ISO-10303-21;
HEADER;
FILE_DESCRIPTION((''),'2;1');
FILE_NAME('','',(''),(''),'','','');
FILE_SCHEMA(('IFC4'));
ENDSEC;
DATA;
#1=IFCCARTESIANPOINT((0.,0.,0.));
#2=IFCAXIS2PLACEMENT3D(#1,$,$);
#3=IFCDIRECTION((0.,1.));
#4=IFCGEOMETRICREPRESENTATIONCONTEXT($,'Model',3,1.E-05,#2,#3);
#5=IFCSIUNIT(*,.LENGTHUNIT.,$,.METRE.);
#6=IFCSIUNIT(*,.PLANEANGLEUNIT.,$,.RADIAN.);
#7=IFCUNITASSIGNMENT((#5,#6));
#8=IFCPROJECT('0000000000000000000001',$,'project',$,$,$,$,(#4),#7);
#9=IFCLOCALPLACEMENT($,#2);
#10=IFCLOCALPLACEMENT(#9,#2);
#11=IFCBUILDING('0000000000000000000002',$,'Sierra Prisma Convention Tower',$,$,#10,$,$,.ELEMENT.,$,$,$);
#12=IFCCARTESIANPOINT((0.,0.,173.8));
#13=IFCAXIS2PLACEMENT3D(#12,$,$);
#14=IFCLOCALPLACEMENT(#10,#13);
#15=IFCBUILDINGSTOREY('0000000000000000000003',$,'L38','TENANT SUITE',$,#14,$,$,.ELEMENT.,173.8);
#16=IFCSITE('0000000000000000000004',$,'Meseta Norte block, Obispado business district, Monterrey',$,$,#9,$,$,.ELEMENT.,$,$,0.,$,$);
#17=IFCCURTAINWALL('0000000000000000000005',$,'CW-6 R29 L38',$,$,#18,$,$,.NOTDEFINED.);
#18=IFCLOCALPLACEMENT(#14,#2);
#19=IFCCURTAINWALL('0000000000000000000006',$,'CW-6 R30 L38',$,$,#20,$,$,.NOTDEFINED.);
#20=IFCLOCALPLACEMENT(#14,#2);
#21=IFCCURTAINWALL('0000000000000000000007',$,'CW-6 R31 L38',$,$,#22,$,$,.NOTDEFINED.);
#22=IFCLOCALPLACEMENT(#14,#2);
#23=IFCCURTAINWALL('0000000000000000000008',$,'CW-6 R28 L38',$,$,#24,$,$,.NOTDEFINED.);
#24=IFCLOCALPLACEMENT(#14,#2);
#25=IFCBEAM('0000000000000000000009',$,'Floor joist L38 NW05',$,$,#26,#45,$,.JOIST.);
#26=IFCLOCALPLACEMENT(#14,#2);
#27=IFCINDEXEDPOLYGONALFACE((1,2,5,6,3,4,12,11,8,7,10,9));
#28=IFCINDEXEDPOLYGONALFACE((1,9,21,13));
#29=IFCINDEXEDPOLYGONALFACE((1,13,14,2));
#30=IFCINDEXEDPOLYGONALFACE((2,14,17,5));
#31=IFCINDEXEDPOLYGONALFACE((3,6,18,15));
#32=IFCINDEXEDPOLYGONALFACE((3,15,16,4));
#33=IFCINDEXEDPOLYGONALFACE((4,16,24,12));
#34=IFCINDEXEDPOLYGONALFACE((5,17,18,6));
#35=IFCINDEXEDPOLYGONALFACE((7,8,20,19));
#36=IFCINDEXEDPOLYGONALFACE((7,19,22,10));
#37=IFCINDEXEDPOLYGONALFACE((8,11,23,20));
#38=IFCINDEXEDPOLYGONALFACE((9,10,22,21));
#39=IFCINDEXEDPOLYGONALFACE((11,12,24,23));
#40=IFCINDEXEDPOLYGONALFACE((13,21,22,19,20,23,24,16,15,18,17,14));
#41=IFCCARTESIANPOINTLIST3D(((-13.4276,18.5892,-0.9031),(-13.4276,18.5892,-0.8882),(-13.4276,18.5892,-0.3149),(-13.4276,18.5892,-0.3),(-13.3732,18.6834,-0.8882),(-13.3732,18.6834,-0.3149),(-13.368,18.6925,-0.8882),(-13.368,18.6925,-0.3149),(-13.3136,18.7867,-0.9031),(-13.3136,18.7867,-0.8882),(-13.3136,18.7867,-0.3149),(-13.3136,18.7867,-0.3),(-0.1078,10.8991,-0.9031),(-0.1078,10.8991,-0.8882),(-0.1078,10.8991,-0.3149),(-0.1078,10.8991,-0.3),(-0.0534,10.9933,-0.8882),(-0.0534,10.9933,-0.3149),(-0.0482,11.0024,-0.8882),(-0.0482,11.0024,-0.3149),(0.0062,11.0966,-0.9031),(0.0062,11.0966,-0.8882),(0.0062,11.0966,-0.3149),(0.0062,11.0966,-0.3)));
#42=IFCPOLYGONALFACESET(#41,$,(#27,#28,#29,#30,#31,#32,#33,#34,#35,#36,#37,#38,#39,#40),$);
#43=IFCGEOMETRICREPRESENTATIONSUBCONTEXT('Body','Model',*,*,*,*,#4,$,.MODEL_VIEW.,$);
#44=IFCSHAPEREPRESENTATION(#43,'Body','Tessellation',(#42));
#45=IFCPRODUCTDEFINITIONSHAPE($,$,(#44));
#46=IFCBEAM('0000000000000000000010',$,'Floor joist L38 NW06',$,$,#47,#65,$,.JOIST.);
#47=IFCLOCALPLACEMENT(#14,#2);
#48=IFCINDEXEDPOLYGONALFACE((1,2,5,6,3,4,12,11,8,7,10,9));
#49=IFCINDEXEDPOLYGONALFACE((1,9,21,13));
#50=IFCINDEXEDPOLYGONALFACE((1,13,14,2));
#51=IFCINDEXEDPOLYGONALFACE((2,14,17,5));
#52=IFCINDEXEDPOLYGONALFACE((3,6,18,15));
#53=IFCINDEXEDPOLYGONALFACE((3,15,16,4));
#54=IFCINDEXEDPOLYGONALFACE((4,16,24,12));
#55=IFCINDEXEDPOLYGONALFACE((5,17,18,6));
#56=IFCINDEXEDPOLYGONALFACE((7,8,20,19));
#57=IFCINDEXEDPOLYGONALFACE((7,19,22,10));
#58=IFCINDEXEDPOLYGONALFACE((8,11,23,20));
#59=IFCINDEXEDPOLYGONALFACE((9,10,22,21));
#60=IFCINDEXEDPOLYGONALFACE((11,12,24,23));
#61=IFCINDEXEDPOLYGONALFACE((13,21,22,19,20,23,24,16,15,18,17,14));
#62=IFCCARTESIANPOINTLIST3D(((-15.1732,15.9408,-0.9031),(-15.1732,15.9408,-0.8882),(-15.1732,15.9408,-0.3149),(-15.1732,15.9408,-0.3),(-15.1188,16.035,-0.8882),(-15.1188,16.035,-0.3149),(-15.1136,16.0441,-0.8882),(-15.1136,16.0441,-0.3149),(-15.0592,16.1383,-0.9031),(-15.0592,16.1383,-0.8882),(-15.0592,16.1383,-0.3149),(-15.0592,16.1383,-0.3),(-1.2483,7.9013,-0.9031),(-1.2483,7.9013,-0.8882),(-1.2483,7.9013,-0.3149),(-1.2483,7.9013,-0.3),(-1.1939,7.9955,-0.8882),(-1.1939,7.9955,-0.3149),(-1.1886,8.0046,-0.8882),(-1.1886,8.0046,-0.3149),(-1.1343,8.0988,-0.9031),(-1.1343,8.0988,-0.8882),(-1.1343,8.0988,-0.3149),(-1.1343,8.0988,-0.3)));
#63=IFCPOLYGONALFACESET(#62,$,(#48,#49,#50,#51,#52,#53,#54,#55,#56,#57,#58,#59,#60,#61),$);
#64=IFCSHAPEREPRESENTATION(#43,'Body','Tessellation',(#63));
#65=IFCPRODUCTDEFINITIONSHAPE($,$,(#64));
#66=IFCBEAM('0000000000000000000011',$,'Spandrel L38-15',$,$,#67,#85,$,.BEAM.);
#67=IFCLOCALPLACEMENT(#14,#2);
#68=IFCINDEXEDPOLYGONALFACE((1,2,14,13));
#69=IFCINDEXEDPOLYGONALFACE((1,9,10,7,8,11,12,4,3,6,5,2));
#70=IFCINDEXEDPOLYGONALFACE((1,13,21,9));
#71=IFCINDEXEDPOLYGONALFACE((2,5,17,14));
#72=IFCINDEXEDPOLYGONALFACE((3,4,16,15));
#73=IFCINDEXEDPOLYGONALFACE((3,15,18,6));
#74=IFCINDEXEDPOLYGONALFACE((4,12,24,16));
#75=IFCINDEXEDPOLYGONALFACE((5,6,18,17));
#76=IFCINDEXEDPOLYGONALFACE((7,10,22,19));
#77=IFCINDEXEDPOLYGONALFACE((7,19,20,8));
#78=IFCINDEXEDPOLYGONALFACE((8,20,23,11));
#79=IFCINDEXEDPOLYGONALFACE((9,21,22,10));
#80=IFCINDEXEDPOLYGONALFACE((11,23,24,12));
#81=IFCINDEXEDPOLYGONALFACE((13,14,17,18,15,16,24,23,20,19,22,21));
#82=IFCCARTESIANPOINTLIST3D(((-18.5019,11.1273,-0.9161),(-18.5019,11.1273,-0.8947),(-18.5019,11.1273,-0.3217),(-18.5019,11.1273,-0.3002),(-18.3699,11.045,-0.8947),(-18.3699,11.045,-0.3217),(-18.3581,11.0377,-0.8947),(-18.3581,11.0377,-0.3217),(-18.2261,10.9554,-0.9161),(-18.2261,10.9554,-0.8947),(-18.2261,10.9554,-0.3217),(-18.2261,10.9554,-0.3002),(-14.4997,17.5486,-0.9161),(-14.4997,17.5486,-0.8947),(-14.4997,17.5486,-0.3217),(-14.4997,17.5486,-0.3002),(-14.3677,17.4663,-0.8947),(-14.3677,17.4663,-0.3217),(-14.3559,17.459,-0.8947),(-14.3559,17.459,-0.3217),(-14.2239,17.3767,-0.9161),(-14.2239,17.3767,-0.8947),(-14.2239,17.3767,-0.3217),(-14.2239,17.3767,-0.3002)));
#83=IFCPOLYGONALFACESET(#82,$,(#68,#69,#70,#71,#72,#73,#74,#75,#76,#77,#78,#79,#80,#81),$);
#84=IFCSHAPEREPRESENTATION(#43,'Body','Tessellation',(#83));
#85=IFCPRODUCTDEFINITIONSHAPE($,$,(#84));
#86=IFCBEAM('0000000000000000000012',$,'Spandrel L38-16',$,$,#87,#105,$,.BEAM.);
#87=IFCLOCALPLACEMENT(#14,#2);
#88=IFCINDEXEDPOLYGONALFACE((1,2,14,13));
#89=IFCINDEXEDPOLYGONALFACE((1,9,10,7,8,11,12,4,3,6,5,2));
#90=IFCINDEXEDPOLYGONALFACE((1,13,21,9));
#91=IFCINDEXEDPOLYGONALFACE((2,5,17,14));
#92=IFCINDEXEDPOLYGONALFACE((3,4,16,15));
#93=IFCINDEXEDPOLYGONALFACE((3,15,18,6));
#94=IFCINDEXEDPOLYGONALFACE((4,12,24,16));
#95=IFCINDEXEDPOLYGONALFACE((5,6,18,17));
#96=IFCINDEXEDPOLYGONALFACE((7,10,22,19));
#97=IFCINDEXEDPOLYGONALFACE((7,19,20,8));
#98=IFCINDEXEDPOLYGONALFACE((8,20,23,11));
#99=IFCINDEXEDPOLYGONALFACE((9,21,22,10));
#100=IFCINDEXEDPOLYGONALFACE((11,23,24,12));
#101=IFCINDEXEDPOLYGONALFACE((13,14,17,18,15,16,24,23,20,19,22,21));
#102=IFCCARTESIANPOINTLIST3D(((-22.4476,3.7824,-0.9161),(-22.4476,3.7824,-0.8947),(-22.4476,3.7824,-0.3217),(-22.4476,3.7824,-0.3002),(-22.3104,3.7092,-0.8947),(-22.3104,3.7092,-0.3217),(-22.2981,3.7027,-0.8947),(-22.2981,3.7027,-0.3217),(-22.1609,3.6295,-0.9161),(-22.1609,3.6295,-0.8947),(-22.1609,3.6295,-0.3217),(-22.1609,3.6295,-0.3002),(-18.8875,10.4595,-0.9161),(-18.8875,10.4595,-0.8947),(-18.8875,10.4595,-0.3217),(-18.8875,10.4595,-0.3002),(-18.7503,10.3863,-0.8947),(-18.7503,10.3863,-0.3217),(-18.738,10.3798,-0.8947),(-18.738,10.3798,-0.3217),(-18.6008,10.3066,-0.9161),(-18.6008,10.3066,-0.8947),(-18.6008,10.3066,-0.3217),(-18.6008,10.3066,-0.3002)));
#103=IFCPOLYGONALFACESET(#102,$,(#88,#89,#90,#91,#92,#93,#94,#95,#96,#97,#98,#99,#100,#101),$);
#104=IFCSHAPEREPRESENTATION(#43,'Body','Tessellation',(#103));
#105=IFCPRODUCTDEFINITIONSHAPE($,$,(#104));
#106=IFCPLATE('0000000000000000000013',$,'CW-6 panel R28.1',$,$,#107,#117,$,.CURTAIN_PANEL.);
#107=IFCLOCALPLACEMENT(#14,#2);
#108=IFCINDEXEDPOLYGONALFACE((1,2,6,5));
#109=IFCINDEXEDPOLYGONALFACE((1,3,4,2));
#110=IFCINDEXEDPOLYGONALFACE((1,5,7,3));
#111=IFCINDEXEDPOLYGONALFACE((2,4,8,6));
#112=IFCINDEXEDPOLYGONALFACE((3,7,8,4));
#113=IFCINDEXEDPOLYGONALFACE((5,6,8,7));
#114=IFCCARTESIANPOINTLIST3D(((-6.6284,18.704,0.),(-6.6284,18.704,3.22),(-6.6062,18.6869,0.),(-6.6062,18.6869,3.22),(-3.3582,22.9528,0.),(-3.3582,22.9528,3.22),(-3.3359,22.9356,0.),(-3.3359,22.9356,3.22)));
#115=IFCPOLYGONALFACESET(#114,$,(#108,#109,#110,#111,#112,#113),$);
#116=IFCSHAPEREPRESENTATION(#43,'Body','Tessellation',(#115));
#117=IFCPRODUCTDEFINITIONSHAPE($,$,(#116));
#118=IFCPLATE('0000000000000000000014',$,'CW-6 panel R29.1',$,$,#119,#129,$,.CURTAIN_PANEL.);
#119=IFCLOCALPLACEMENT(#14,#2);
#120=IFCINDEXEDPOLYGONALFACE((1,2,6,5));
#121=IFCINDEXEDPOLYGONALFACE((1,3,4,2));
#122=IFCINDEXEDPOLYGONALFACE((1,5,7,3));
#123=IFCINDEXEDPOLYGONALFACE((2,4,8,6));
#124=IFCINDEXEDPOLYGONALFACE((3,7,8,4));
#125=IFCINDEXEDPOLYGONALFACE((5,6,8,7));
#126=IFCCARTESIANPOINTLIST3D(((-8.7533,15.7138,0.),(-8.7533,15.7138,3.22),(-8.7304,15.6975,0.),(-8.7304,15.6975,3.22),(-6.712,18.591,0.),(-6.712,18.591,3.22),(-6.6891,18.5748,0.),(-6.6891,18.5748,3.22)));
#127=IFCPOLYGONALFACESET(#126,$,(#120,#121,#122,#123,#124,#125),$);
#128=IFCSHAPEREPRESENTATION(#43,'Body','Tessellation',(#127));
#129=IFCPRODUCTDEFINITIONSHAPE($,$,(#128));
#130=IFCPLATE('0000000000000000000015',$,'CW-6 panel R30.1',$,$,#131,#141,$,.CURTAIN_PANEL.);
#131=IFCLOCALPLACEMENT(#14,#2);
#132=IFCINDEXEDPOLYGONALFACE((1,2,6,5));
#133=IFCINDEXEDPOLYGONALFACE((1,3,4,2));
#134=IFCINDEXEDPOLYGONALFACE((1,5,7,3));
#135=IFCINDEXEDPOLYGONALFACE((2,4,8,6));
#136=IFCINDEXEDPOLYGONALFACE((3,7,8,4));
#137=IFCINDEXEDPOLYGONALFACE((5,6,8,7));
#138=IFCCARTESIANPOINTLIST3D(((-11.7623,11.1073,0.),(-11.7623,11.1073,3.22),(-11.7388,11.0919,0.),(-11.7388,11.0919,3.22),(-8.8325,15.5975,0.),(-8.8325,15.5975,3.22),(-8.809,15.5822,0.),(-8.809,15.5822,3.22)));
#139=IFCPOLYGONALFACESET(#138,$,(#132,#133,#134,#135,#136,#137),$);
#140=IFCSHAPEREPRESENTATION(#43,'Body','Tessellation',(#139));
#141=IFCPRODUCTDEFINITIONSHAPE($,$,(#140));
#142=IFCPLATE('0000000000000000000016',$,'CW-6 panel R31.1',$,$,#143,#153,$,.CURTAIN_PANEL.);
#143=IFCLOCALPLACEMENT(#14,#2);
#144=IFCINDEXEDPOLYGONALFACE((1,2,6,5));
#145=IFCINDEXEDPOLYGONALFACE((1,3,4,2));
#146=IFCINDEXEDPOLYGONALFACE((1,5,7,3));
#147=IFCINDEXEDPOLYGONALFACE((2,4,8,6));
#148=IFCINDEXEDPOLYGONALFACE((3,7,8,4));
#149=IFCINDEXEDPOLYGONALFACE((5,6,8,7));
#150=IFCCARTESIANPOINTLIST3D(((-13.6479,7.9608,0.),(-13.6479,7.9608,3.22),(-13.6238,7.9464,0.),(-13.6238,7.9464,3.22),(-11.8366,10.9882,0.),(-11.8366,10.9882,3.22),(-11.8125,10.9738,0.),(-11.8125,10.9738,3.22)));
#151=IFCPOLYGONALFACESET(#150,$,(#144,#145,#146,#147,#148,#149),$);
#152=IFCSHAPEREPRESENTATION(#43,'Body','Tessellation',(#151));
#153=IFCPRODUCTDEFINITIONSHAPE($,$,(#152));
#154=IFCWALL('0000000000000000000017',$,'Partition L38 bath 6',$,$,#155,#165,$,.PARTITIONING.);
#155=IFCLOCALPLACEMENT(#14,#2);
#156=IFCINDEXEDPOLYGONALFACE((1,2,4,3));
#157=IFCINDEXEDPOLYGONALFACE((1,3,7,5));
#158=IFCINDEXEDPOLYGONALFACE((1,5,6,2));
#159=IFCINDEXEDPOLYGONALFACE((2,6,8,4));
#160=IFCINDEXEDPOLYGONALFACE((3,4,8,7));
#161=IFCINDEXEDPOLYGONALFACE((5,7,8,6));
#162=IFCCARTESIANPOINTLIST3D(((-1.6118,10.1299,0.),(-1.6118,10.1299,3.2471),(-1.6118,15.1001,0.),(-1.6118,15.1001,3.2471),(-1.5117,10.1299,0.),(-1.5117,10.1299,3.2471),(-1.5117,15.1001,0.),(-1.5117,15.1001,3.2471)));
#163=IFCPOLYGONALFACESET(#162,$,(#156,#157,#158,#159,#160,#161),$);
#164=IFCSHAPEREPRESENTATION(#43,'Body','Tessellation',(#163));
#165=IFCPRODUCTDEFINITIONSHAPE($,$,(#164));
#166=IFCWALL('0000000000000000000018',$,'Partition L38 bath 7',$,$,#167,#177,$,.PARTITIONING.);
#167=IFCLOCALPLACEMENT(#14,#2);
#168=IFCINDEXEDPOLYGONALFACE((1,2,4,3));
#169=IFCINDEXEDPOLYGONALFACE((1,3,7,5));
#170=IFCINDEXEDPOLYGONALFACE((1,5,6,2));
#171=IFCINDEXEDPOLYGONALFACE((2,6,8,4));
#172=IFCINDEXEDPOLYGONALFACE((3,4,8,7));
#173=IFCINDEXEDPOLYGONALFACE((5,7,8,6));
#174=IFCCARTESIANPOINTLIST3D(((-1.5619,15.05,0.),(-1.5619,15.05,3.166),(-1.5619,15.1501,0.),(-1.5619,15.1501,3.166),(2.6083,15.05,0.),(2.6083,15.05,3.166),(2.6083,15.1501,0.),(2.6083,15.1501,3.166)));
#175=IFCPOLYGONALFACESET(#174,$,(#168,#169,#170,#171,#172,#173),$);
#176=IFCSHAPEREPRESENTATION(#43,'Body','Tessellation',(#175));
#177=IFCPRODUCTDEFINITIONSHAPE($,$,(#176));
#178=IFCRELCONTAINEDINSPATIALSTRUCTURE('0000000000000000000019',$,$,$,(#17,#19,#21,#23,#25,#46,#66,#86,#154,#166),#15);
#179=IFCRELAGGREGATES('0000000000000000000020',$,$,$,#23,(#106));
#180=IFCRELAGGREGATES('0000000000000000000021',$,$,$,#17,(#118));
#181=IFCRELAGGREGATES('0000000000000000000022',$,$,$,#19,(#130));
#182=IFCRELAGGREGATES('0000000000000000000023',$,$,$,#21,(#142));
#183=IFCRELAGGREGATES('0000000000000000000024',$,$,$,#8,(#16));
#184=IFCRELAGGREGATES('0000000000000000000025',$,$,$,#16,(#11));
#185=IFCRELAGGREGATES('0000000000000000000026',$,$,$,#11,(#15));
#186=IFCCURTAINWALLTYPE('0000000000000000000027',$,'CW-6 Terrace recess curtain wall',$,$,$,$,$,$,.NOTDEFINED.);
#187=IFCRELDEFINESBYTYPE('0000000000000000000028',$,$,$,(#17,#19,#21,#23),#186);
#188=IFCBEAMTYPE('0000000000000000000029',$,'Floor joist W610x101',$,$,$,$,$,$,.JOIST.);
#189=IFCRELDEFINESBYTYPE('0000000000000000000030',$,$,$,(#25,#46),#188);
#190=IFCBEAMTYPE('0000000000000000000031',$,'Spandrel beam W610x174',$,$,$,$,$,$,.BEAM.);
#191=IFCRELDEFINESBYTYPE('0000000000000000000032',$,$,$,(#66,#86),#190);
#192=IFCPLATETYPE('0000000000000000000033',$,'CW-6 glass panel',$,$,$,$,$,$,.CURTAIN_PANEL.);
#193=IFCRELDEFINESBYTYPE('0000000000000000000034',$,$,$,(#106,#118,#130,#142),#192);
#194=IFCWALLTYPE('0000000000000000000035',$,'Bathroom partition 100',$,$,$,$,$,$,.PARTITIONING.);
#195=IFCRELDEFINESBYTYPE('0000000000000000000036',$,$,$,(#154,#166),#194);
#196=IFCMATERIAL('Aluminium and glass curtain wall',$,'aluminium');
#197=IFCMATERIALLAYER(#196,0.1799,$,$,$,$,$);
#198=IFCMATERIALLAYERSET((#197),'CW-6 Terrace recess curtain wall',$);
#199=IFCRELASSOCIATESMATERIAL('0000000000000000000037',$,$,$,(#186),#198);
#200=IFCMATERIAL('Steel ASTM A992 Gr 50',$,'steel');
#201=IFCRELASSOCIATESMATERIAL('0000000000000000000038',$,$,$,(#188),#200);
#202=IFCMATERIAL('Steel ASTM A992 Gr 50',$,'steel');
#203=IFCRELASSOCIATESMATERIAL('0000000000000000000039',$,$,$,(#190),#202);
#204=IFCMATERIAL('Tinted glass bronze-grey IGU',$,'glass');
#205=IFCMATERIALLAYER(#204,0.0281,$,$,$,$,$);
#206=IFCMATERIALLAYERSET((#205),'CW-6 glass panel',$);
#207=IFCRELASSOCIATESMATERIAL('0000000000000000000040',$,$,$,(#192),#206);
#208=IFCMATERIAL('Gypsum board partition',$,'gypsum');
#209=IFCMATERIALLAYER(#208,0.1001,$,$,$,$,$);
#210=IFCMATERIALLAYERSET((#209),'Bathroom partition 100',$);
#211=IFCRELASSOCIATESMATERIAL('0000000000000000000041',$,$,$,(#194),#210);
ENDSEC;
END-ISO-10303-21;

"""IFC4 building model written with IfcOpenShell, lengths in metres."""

from ifc_helpers import new_model, si_unit, direction, frame, frame_2d, origin, origin_2d, place, context, subcontext, project, spatial, rectangle, i_section, extrude, material, layer, layer_set, material_profile, profile_set, type_object, element, aggregate, save


model = new_model("IFC4")

# Units and contexts
model_context = context("Model", 3, precision=1e-05, world=origin(), true_north=direction((0.0, 1.0)))
body_context = subcontext(model_context, "Body", "Model", "MODEL_VIEW")
ifc_project = project(units=[si_unit("LENGTHUNIT", "METRE"), si_unit("PLANEANGLEUNIT", "RADIAN")], contexts=[model_context])

# Site, building, storey
site_placement = place(None, origin())
site = spatial("IfcSite", under=ifc_project, at=site_placement, Name="Meseta Norte block, Obispado business district, Monterrey", CompositionType="ELEMENT", RefElevation=0.0)
building_placement = place(site_placement, origin())
building = spatial("IfcBuilding", under=site, at=building_placement, Name="Sierra Prisma Convention Tower", CompositionType="ELEMENT")
storey_placement = place(building_placement, frame((0.0, 0.0, 173.8)))
storey = spatial("IfcBuildingStorey", under=building, at=storey_placement, Name="L38", Description="TENANT SUITE", CompositionType="ELEMENT", Elevation=173.8)

# Curtain walls
ifc_material_1 = material(Name="Aluminium and glass curtain wall", Category="aluminium")
ifc_layer_1 = layer(ifc_material_1, 0.1799)
ifc_layer_set_1 = layer_set([ifc_layer_1], Name="CW-6 Terrace recess curtain wall")
curtain_wall_type = type_object("IfcCurtainWallType", Name="CW-6 Terrace recess curtain wall", PredefinedType="NOTDEFINED", material=ifc_layer_set_1)
curtain_wall_1_placement = place(storey_placement, origin())
curtain_wall_1 = element("IfcCurtainWall", 1, at=curtain_wall_1_placement, inside=storey, type_object=curtain_wall_type, Name="CW-6 R29 L38", PredefinedType="NOTDEFINED")
curtain_wall_2_placement = place(storey_placement, origin())
curtain_wall_2 = element("IfcCurtainWall", 2, at=curtain_wall_2_placement, inside=storey, type_object=curtain_wall_type, Name="CW-6 R30 L38", PredefinedType="NOTDEFINED")
curtain_wall_3_placement = place(storey_placement, origin())
curtain_wall_3 = element("IfcCurtainWall", 3, at=curtain_wall_3_placement, inside=storey, type_object=curtain_wall_type, Name="CW-6 R31 L38", PredefinedType="NOTDEFINED")
curtain_wall_4_placement = place(storey_placement, origin())
curtain_wall_4 = element("IfcCurtainWall", 4, at=curtain_wall_4_placement, inside=storey, type_object=curtain_wall_type, Name="CW-6 R28 L38", PredefinedType="NOTDEFINED")

# Beams
ifc_material_2 = material(Name="Steel ASTM A992 Gr 50", Category="steel")
ifc_material_profile_1 = material_profile(ifc_material_2, i_section(OverallWidth=0.228, OverallDepth=0.603, WebThickness=0.0105, FlangeThickness=0.0149, at=origin_2d()), Name="W610x101")
ifc_profile_set_1 = profile_set([ifc_material_profile_1], Name="Steel ASTM A992 Gr 50")
beam_type_1 = type_object("IfcBeamType", Name="Floor joist W610x101", PredefinedType="JOIST", material=ifc_profile_set_1)
beam_1_placement = place(storey_placement, frame((-13.3706, 18.688, -0.6016), z_axis=(0.866026, -0.499999, 0.0), x_axis=(0.499999, 0.866026, 0.0)))
element("IfcBeam", 5, at=beam_1_placement, inside=storey, type_object=beam_type_1, Name="Floor joist L38 NW05", PredefinedType="JOIST", context=body_context, shape_type="SweptSolid", body=[
    extrude(i_section(OverallWidth=0.228, OverallDepth=0.603, WebThickness=0.0105, FlangeThickness=0.0149, at=origin_2d()), origin(), (0.0, 0.0, 1.0), 15.3804),
])
beam_2_placement = place(storey_placement, frame((-15.1162, 16.0396, -0.6016), z_axis=(0.866028, -0.499996, 0.0), x_axis=(0.499996, 0.866028, 0.0)))
element("IfcBeam", 6, at=beam_2_placement, inside=storey, type_object=beam_type_1, Name="Floor joist L38 NW06", PredefinedType="JOIST", context=body_context, shape_type="SweptSolid", body=[
    extrude(i_section(OverallWidth=0.228, OverallDepth=0.603, WebThickness=0.0105, FlangeThickness=0.0149, at=origin_2d()), origin(), (0.0, 0.0, 1.0), 16.0791),
])
ifc_material_3 = material(Name="Steel ASTM A992 Gr 50", Category="steel")
ifc_material_profile_2 = material_profile(ifc_material_3, i_section(OverallWidth=0.325, OverallDepth=0.616, WebThickness=0.0139, FlangeThickness=0.0215, at=origin_2d()), Name="W610x174")
ifc_profile_set_2 = profile_set([ifc_material_profile_2], Name="Steel ASTM A992 Gr 50")
beam_type_2 = type_object("IfcBeamType", Name="Spandrel beam W610x174", PredefinedType="BEAM", material=ifc_profile_set_2)
beam_3_placement = place(storey_placement, frame((-14.3618, 17.4626, -0.6082), z_axis=(-0.528937, -0.848661, 0.0), x_axis=(0.848661, -0.528937, 0.0)))
element("IfcBeam", 7, at=beam_3_placement, inside=storey, type_object=beam_type_2, Name="Spandrel L38-15", PredefinedType="BEAM", context=body_context, shape_type="SweptSolid", body=[
    extrude(i_section(OverallWidth=0.325, OverallDepth=0.616, WebThickness=0.0139, FlangeThickness=0.0215, at=origin_2d()), origin(), (0.0, 0.0, 1.0), 7.5664),
])
beam_4_placement = place(storey_placement, frame((-18.7441, 10.3831, -0.6082), z_axis=(-0.470484, -0.882408, 0.0), x_axis=(0.882408, -0.470484, 0.0)))
element("IfcBeam", 8, at=beam_4_placement, inside=storey, type_object=beam_type_2, Name="Spandrel L38-16", PredefinedType="BEAM", context=body_context, shape_type="SweptSolid", body=[
    extrude(i_section(OverallWidth=0.325, OverallDepth=0.616, WebThickness=0.0139, FlangeThickness=0.0215, at=origin_2d()), origin(), (0.0, 0.0, 1.0), 7.5669),
])

# Plates
ifc_material_4 = material(Name="Tinted glass bronze-grey IGU", Category="glass")
ifc_layer_2 = layer(ifc_material_4, 0.0281)
ifc_layer_set_2 = layer_set([ifc_layer_2], Name="CW-6 glass panel")
plate_type = type_object("IfcPlateType", Name="CW-6 glass panel", PredefinedType="CURTAIN_PANEL", material=ifc_layer_set_2)
plate_1_placement = place(storey_placement, frame((-4.9822, 20.8198, 0.0), z_axis=(0.0, 0.0, 1.0), x_axis=(-0.609943, -0.792445, 0.0)))
plate_1 = element("IfcPlate", 9, at=plate_1_placement, type_object=plate_type, Name="CW-6 panel R28.1", PredefinedType="CURTAIN_PANEL", context=body_context, shape_type="SweptSolid", body=[
    extrude(rectangle(XDim=5.3616, YDim=0.0281, at=origin_2d()), origin(), (0.0, 0.0, 1.0), 3.22),
])
aggregate(curtain_wall_4, [plate_1])
plate_2_placement = place(storey_placement, frame((-7.7212, 17.1443, 0.0), z_axis=(0.0, 0.0, 1.0), x_axis=(-0.578632, -0.815589, 0.0)))
plate_2 = element("IfcPlate", 10, at=plate_2_placement, type_object=plate_type, Name="CW-6 panel R29.1", PredefinedType="CURTAIN_PANEL", context=body_context, shape_type="SweptSolid", body=[
    extrude(rectangle(XDim=3.5278, YDim=0.0281, at=origin_2d()), origin(), (0.0, 0.0, 1.0), 3.22),
])
aggregate(curtain_wall_1, [plate_2])
plate_3_placement = place(storey_placement, frame((-10.2856, 13.3447, 0.0), z_axis=(0.0, 0.0, 1.0), x_axis=(-0.546444, -0.837496, 0.0)))
plate_3 = element("IfcPlate", 11, at=plate_3_placement, type_object=plate_type, Name="CW-6 panel R30.1", PredefinedType="CURTAIN_PANEL", context=body_context, shape_type="SweptSolid", body=[
    extrude(rectangle(XDim=5.3616, YDim=0.0281, at=origin_2d()), origin(), (0.0, 0.0, 1.0), 3.22),
])
aggregate(curtain_wall_2, [plate_3])
plate_4_placement = place(storey_placement, frame((-12.7302, 9.4673, 0.0), z_axis=(0.0, 0.0, 1.0), x_axis=(-0.513427, -0.858133, 0.0)))
plate_4 = element("IfcPlate", 12, at=plate_4_placement, type_object=plate_type, Name="CW-6 panel R31.1", PredefinedType="CURTAIN_PANEL", context=body_context, shape_type="SweptSolid", body=[
    extrude(rectangle(XDim=3.5278, YDim=0.0281, at=origin_2d()), origin(), (0.0, 0.0, 1.0), 3.22),
])
aggregate(curtain_wall_3, [plate_4])

# Walls
ifc_material_5 = material(Name="Gypsum board partition", Category="gypsum")
ifc_layer_3 = layer(ifc_material_5, 0.1001)
ifc_layer_set_3 = layer_set([ifc_layer_3], Name="Bathroom partition 100")
wall_type_1 = type_object("IfcWallType", Name="Bathroom partition 100", PredefinedType="PARTITIONING", material=ifc_layer_set_3)
wall_1_placement = place(storey_placement, frame((-1.5618, 10.1299, 0.0), z_axis=(0.0, 0.0, 1.0), x_axis=(0.0, 1.0, 0.0)))
element("IfcWall", 13, at=wall_1_placement, inside=storey, type_object=wall_type_1, Name="Partition L38 bath 6", PredefinedType="PARTITIONING", context=body_context, shape_type="SweptSolid", body=[
    extrude(rectangle(XDim=4.9702, YDim=0.1001, at=frame_2d((2.4851, 0.0))), origin(), (0.0, 0.0, 1.0), 3.2471),
])
wall_2_placement = place(storey_placement, frame((-1.5618, 15.1001, 0.0), z_axis=(0.0, 0.0, 1.0), x_axis=(1.0, 0.0, 0.0)))
element("IfcWall", 14, at=wall_2_placement, inside=storey, type_object=wall_type_1, Name="Partition L38 bath 7", PredefinedType="PARTITIONING", context=body_context, shape_type="SweptSolid", body=[
    extrude(rectangle(XDim=4.1702, YDim=0.1001, at=frame_2d((2.085, 0.0))), origin(), (0.0, 0.0, 1.0), 3.166),
])

save(model, "model.ifc")
